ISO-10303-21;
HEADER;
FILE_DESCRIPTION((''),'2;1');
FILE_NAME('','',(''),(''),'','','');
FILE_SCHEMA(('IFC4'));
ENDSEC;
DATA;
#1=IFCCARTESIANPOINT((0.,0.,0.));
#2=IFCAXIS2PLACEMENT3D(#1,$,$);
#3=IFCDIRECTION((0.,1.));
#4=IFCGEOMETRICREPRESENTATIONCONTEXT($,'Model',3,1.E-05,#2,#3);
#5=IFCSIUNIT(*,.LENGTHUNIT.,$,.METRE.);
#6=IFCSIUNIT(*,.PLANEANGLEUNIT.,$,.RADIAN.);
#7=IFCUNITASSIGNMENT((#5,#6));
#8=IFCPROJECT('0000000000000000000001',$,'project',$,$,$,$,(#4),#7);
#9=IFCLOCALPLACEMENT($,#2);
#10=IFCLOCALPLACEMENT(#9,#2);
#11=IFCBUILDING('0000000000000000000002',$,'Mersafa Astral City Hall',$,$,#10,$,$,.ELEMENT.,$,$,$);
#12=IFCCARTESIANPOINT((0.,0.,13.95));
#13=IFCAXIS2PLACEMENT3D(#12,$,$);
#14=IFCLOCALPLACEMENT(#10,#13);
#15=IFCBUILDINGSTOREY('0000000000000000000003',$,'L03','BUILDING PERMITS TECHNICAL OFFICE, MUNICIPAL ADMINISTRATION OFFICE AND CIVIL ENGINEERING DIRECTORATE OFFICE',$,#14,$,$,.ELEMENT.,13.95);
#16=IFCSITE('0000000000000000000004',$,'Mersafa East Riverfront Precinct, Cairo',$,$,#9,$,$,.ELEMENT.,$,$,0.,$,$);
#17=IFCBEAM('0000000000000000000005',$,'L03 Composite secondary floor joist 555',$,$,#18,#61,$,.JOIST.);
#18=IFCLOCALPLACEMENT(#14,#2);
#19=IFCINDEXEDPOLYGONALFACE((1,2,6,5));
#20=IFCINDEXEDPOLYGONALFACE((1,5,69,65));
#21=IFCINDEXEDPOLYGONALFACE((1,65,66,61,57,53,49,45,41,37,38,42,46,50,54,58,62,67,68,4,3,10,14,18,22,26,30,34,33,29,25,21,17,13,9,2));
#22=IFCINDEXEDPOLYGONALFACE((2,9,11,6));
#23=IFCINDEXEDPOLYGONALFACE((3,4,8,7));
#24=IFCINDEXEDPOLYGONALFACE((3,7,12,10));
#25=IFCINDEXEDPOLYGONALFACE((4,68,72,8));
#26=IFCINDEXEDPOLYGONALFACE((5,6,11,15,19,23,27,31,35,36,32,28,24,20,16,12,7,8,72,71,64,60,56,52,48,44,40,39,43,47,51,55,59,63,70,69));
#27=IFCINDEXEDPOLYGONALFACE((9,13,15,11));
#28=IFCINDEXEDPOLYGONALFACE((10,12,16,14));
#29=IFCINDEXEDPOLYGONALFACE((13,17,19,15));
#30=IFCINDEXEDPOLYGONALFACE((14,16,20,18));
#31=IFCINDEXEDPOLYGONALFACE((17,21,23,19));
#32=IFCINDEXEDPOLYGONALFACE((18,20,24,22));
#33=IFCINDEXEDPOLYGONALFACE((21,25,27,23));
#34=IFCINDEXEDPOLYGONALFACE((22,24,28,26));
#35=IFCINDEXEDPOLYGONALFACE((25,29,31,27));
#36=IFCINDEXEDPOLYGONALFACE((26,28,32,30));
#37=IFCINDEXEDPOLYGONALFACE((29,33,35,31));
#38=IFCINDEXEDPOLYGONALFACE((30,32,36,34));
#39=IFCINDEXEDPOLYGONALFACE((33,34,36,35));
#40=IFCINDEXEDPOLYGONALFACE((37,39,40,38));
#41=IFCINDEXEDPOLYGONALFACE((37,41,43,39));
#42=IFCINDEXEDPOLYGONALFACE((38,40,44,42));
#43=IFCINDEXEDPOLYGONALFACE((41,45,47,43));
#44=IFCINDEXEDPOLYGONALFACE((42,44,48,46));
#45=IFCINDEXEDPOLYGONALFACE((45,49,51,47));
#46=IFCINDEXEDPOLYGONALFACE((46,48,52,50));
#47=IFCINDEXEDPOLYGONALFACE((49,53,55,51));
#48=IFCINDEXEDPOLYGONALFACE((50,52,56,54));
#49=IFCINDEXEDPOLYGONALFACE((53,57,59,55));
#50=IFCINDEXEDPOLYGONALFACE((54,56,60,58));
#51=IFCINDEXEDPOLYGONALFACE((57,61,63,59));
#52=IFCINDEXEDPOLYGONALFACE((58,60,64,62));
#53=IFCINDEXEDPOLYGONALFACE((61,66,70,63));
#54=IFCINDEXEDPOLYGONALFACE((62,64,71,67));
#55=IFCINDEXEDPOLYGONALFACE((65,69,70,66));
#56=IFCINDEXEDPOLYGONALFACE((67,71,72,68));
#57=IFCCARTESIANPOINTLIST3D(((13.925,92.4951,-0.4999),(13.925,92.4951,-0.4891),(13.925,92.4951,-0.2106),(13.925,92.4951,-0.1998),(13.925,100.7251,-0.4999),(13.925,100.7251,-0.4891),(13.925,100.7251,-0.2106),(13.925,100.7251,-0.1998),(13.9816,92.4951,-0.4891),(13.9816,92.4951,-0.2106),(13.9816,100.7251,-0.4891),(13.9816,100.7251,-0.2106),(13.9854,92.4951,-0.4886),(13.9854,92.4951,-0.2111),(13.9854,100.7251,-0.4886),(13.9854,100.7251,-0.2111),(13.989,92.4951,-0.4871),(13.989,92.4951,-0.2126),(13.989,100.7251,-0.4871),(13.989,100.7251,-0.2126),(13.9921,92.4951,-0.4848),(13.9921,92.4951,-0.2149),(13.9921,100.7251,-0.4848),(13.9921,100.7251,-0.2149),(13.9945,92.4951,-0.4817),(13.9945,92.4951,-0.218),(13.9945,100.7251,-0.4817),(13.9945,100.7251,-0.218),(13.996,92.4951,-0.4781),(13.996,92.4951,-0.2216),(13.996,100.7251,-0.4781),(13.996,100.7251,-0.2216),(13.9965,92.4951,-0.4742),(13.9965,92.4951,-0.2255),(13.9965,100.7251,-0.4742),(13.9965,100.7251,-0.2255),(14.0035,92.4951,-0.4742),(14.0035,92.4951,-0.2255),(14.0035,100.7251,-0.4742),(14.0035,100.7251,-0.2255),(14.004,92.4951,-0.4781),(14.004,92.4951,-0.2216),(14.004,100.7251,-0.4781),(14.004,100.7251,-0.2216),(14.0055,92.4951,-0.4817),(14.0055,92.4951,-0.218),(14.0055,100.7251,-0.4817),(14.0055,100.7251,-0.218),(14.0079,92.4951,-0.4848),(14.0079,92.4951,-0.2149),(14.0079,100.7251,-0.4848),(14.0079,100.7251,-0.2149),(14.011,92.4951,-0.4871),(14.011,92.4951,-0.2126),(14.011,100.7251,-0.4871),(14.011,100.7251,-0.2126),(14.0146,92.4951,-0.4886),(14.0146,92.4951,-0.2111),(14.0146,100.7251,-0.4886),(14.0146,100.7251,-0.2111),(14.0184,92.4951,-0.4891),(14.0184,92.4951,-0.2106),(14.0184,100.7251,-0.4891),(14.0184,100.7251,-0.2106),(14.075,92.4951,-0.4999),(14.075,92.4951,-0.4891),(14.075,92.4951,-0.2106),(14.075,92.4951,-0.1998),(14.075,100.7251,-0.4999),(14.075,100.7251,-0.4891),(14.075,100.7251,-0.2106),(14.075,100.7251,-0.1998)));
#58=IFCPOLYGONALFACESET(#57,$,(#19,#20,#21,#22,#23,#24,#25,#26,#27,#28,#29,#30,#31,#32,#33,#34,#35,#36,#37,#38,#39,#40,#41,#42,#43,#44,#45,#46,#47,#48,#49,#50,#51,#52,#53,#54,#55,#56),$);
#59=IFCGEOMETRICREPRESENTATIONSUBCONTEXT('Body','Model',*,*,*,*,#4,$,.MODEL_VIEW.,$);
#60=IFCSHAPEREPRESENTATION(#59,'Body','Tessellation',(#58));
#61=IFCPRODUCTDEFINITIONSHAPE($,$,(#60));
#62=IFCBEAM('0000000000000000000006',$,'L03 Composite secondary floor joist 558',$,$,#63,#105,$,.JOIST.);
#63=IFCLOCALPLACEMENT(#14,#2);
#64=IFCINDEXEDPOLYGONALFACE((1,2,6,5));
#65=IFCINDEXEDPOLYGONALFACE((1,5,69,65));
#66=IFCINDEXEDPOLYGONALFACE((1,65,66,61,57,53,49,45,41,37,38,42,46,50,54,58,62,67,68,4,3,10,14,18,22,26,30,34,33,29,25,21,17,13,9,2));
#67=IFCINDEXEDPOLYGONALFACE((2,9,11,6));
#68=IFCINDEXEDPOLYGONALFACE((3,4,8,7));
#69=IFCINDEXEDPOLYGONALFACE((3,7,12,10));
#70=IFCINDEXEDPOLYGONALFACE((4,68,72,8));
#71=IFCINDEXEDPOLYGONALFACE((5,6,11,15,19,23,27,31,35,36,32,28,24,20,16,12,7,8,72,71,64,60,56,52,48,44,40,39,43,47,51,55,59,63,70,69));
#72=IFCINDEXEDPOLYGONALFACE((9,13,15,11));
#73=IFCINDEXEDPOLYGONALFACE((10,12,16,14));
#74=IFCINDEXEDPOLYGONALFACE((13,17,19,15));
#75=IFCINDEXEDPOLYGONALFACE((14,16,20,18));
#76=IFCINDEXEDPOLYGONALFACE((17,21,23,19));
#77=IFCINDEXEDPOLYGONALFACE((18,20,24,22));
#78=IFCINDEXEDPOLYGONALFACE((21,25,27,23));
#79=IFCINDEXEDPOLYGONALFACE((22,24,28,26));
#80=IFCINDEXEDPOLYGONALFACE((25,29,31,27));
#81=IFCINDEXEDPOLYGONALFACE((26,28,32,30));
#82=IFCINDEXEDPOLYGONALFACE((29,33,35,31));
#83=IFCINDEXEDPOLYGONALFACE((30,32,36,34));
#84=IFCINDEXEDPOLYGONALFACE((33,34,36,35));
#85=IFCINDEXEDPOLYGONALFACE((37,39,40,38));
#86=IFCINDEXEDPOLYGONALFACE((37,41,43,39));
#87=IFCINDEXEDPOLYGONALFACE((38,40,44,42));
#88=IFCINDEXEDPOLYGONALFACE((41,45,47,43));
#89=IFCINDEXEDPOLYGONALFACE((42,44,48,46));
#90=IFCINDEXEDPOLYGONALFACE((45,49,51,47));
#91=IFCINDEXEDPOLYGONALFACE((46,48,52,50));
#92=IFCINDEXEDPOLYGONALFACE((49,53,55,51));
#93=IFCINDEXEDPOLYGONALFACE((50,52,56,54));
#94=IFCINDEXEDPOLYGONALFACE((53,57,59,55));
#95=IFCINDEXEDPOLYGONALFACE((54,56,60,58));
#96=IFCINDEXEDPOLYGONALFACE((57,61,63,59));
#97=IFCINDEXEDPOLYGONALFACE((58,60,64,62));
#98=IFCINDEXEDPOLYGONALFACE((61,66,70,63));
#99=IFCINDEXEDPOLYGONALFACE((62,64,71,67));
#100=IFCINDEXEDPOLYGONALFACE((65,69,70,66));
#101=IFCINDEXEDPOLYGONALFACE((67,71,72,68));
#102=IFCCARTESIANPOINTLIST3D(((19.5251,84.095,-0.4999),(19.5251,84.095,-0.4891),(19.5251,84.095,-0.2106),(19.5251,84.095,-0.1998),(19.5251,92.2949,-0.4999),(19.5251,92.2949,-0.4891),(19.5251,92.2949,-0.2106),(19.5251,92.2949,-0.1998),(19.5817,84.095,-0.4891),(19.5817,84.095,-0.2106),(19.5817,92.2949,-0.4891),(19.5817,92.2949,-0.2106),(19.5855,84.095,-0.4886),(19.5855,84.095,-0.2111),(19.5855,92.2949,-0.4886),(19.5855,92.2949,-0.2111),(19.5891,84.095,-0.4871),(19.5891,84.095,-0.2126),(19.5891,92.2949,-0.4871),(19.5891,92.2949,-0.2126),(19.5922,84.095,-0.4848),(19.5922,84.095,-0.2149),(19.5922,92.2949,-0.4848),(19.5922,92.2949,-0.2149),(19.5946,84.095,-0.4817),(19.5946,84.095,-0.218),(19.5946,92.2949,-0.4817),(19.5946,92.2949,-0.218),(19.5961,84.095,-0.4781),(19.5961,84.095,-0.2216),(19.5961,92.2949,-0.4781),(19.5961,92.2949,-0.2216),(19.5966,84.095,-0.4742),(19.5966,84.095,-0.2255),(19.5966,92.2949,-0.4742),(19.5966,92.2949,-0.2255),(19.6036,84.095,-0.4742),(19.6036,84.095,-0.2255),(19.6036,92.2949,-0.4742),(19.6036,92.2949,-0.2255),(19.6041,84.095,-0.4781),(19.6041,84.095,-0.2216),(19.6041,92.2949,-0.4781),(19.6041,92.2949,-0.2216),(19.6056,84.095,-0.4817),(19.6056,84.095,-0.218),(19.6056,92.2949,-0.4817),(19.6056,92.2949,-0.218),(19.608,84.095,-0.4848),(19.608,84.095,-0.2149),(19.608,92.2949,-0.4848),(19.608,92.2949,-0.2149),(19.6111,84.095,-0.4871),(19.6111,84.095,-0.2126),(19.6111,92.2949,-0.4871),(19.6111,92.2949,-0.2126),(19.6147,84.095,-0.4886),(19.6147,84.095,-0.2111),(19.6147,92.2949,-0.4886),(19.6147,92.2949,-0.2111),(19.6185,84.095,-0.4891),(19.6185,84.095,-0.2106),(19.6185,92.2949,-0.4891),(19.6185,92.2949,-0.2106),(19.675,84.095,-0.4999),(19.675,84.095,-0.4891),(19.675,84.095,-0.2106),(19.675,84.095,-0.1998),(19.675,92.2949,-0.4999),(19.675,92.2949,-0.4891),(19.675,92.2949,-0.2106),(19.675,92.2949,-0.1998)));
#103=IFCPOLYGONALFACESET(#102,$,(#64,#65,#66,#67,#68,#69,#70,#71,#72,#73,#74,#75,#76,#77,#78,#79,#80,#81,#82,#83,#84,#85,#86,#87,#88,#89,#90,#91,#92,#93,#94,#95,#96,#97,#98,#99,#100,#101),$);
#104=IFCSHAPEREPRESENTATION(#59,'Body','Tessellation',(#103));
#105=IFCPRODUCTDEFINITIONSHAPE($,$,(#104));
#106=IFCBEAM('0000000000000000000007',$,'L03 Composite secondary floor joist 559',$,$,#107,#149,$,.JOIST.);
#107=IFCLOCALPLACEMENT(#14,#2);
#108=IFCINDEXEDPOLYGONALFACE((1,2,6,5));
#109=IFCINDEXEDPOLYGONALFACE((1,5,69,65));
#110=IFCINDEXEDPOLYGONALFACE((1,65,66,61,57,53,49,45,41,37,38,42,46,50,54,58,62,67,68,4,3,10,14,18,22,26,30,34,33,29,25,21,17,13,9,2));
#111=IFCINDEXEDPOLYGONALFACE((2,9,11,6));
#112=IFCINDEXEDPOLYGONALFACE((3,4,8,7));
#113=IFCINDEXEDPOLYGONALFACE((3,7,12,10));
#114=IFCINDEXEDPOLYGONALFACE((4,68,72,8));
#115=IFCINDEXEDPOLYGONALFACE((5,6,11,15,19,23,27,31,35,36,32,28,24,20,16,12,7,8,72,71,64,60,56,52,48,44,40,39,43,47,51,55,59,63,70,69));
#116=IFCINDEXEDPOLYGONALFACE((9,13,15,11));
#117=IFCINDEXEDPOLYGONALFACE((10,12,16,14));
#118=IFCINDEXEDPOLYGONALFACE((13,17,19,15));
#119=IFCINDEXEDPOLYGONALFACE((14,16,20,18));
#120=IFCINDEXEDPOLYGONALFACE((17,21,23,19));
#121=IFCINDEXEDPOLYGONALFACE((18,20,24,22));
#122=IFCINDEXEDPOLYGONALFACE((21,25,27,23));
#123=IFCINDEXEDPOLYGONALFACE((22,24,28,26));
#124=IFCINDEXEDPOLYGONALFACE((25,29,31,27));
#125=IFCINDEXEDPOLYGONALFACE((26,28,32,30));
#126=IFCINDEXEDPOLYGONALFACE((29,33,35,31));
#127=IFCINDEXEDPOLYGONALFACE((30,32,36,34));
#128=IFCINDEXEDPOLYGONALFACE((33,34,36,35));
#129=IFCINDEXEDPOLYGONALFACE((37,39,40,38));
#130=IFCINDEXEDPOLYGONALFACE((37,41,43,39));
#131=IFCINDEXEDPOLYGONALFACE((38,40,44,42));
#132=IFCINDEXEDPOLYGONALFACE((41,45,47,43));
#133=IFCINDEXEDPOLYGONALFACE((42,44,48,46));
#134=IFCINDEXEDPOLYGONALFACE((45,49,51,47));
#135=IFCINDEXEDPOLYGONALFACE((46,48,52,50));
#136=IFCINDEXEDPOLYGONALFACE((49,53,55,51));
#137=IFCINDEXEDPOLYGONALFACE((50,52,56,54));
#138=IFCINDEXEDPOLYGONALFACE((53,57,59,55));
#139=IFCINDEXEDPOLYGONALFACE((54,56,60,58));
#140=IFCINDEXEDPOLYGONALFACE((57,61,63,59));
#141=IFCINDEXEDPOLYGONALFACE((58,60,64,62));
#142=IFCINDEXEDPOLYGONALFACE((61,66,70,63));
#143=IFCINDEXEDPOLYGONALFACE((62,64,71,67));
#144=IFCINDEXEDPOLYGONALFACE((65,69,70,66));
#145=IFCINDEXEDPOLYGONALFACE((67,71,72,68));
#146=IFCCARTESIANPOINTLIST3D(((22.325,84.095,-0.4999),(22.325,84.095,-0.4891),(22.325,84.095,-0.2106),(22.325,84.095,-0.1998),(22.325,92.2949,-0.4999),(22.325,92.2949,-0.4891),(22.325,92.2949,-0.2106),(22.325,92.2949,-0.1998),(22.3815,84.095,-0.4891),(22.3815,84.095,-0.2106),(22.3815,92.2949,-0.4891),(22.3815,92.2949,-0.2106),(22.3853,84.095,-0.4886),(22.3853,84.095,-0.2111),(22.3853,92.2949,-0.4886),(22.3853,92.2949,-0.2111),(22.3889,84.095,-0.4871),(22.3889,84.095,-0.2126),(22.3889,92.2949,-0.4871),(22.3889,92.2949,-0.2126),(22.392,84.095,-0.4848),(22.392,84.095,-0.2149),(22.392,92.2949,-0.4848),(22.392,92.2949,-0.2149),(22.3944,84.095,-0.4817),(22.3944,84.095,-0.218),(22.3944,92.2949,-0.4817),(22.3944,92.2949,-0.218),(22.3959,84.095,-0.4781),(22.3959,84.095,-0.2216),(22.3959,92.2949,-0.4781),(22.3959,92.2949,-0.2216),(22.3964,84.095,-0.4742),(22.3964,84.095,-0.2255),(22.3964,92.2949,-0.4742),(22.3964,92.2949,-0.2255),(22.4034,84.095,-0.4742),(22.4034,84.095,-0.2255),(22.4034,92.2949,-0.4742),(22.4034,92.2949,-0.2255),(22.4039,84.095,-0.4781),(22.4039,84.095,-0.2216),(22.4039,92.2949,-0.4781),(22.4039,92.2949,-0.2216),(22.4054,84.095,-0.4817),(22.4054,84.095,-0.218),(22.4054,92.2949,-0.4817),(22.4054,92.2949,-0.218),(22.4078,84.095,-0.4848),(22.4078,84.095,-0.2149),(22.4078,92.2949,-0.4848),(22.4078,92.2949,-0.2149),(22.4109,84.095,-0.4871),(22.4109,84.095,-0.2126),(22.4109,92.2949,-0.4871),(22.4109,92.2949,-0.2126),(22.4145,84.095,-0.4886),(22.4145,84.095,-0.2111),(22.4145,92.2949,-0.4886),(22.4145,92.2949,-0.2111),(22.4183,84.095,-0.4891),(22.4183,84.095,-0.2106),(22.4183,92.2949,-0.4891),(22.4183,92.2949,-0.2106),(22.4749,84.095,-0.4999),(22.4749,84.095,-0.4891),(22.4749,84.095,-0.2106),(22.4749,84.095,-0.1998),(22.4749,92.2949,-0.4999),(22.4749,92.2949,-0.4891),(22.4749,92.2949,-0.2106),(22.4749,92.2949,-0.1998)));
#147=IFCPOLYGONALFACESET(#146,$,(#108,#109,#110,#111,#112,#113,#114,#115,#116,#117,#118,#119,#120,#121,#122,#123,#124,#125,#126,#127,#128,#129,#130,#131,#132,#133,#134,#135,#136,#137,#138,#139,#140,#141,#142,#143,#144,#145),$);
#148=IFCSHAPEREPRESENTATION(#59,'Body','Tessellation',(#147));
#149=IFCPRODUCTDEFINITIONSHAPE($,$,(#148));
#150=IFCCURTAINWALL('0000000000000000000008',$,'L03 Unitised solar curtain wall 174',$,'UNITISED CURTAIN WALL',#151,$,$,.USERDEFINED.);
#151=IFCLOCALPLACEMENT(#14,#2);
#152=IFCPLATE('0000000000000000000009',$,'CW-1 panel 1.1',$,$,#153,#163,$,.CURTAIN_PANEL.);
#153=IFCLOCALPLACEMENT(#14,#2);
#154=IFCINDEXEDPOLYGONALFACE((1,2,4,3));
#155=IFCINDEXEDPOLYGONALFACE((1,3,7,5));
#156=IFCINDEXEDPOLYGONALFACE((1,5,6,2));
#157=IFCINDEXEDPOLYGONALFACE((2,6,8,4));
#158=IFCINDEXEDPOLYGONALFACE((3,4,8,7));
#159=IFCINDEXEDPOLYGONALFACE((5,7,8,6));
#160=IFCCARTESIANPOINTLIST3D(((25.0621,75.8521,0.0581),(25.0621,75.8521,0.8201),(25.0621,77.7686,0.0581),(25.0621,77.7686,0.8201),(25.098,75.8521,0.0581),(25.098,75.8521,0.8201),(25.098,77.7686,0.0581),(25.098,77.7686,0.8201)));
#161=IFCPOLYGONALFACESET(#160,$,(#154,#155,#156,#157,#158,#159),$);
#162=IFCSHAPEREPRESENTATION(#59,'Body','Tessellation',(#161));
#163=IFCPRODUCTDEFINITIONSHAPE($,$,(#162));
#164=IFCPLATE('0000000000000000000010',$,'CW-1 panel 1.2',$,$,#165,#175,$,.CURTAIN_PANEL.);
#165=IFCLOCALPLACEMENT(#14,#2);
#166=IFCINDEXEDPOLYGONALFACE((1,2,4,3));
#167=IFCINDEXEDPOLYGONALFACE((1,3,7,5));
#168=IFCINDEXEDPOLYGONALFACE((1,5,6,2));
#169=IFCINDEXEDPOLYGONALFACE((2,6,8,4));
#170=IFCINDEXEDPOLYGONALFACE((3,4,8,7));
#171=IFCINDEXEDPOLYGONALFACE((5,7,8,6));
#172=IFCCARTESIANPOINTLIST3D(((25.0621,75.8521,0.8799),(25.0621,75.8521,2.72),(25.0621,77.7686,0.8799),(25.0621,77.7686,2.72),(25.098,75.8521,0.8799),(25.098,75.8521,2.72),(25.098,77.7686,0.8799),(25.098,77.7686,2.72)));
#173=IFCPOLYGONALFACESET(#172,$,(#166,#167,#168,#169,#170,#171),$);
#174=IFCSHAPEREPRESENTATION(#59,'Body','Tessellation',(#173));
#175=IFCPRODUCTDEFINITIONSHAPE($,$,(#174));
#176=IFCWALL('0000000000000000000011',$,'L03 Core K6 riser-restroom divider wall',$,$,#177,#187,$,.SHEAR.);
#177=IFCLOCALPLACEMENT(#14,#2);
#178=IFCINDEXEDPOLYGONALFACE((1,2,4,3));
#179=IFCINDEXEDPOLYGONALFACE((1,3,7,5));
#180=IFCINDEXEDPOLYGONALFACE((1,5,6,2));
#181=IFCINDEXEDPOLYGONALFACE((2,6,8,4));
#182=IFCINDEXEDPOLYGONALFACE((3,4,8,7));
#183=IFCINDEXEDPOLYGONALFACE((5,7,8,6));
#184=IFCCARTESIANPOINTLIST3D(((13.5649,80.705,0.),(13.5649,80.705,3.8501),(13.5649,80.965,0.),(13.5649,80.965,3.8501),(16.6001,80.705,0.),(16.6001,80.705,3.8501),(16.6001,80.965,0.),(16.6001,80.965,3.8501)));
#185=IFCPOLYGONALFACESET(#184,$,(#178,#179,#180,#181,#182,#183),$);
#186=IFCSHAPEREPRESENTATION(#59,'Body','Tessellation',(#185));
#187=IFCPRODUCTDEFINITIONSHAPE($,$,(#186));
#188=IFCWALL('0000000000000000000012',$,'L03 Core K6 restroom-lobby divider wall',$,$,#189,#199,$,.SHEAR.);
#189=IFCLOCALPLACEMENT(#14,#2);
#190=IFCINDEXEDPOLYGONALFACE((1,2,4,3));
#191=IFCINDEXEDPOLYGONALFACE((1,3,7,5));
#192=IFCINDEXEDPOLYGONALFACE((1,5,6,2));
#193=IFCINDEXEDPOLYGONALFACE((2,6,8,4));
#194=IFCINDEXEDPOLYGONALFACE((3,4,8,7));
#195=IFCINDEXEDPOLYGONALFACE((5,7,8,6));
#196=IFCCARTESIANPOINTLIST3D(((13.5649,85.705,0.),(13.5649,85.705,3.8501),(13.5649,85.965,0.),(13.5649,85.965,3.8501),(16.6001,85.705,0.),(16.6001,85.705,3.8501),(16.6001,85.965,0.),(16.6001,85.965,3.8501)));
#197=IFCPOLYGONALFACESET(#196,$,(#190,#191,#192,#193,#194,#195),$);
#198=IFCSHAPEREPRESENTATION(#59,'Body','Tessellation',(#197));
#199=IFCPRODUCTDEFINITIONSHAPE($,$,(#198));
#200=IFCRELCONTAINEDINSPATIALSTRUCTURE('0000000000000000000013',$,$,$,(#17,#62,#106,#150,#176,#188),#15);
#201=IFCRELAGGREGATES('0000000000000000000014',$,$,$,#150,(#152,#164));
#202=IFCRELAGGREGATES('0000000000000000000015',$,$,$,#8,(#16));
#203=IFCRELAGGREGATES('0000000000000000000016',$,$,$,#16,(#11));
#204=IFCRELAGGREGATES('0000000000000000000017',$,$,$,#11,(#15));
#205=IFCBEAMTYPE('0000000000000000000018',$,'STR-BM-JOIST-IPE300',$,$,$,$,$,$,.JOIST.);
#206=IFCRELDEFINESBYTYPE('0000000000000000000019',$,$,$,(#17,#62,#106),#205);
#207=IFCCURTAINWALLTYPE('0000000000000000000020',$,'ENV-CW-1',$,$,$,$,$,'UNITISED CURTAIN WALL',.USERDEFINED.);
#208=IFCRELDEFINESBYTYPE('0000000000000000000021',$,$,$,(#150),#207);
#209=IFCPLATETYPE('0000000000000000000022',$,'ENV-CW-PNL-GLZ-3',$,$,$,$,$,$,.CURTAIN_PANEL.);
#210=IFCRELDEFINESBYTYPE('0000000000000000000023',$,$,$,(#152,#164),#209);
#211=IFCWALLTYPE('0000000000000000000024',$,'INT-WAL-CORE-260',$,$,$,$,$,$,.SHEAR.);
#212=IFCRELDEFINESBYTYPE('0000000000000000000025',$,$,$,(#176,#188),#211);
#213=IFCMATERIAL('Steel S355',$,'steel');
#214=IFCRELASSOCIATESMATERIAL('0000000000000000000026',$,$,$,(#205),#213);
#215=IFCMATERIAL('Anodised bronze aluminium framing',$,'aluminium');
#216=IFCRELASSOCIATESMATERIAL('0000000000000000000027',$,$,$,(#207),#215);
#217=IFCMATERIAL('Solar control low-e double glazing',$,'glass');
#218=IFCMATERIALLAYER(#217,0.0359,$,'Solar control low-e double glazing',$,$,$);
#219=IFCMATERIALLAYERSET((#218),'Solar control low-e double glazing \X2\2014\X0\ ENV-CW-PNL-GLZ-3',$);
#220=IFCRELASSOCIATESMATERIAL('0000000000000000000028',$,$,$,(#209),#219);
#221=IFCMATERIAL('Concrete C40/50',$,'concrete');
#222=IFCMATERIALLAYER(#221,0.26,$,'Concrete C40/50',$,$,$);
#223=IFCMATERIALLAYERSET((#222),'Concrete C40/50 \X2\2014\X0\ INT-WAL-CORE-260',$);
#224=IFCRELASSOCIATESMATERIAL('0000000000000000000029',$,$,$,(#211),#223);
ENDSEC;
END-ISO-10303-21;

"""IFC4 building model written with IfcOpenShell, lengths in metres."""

from ifc_helpers import new_model, si_unit, direction, frame, frame_2d, origin, origin_2d, place, context, subcontext, project, spatial, rectangle, i_section, extrude, material, layer, layer_set, material_profile, profile_set, type_object, element, aggregate, save


model = new_model("IFC4")

# Units and contexts
model_context = context("Model", 3, precision=1e-05, world=origin(), true_north=direction((0.0, 1.0)))
body_context = subcontext(model_context, "Body", "Model", "MODEL_VIEW")
ifc_project = project(units=[si_unit("LENGTHUNIT", "METRE"), si_unit("PLANEANGLEUNIT", "RADIAN")], contexts=[model_context])

# Site, building, storey
site_placement = place(None, origin())
site = spatial("IfcSite", under=ifc_project, at=site_placement, Name="Mersafa East Riverfront Precinct, Cairo", CompositionType="ELEMENT", RefElevation=0.0)
building_placement = place(site_placement, origin())
building = spatial("IfcBuilding", under=site, at=building_placement, Name="Mersafa Astral City Hall", CompositionType="ELEMENT")
storey_placement = place(building_placement, frame((0.0, 0.0, 13.95)))
storey = spatial("IfcBuildingStorey", under=building, at=storey_placement, Name="L03", Description="BUILDING PERMITS TECHNICAL OFFICE, MUNICIPAL ADMINISTRATION OFFICE AND CIVIL ENGINEERING DIRECTORATE OFFICE", CompositionType="ELEMENT", Elevation=13.95)

# Shared definitions
ifc_material_1 = material(Name="Steel S355", Category="steel")

# Beams
ifc_material_profile_1 = material_profile(ifc_material_1, i_section(OverallWidth=0.1499, OverallDepth=0.3, WebThickness=0.0071, FlangeThickness=0.0107, FilletRadius=0.0149, at=origin_2d()), Name="IPE 300")
ifc_profile_set_1 = profile_set([ifc_material_profile_1], Name="Steel S355")
beam_type_1 = type_object("IfcBeamType", Name="STR-BM-JOIST-IPE300", PredefinedType="JOIST", material=ifc_profile_set_1)
beam_1_placement = place(storey_placement, frame((14.0, 92.4951, -0.3499), z_axis=(0.0, 1.0, 0.0), x_axis=(-1.0, 0.0, 0.0)))
element("IfcBeam", 1, at=beam_1_placement, inside=storey, type_object=beam_type_1, Name="L03 Composite secondary floor joist 555", PredefinedType="JOIST", context=body_context, shape_type="SweptSolid", body=[
    extrude(i_section(OverallWidth=0.1499, OverallDepth=0.3, WebThickness=0.0071, FlangeThickness=0.0107, FilletRadius=0.0149, at=origin_2d()), origin(), (0.0, 0.0, 1.0), 8.23),
])
for number, where, z_axis, x_axis, name in (
    (2, (19.6001, 84.095, -0.3499), (0.0, 1.0, 0.0), (-1.0, 0.0, 0.0), "L03 Composite secondary floor joist 558"),
    (3, (22.3999, 84.095, -0.3499), (0.0, 1.0, 0.0), (-1.0, 0.0, 0.0), "L03 Composite secondary floor joist 559"),
):
    element("IfcBeam", number, at=place(storey_placement, frame(where, z_axis=z_axis, x_axis=x_axis)), inside=storey, type_object=beam_type_1, Name=name, PredefinedType="JOIST", context=body_context, shape_type="SweptSolid", body=[
        extrude(i_section(OverallWidth=0.1499, OverallDepth=0.3, WebThickness=0.0071, FlangeThickness=0.0107, FilletRadius=0.0149, at=origin_2d()), origin(), (0.0, 0.0, 1.0), 8.2),
    ])

# Curtain wall, plates
ifc_material_2 = material(Name="Anodised bronze aluminium framing", Category="aluminium")
curtain_wall_type = type_object("IfcCurtainWallType", Name="ENV-CW-1", ElementType="UNITISED CURTAIN WALL", PredefinedType="USERDEFINED", material=ifc_material_2)
curtain_wall_placement = place(storey_placement, origin())
curtain_wall = element("IfcCurtainWall", 4, at=curtain_wall_placement, inside=storey, type_object=curtain_wall_type, Name="L03 Unitised solar curtain wall 174", ObjectType="UNITISED CURTAIN WALL", PredefinedType="USERDEFINED")
ifc_material_3 = material(Name="Solar control low-e double glazing", Category="glass")
ifc_layer_1 = layer(ifc_material_3, 0.0359, Name="Solar control low-e double glazing")
ifc_layer_set_1 = layer_set([ifc_layer_1], Name="Solar control low-e double glazing — ENV-CW-PNL-GLZ-3")
plate_type = type_object("IfcPlateType", Name="ENV-CW-PNL-GLZ-3", PredefinedType="CURTAIN_PANEL", material=ifc_layer_set_1)
plate_1_placement = place(storey_placement, frame((25.0801, 76.8103, 0.0581), z_axis=(0.0, 0.0, 1.0), x_axis=(0.0, 1.0, 0.0)))
plate_1 = element("IfcPlate", 5, at=plate_1_placement, type_object=plate_type, Name="CW-1 panel 1.1", PredefinedType="CURTAIN_PANEL", context=body_context, shape_type="SweptSolid", body=[
    extrude(rectangle(XDim=1.9165, YDim=0.0359, at=origin_2d()), origin(), (0.0, 0.0, 1.0), 0.762),
])
plate_2_placement = place(storey_placement, frame((25.0801, 76.8103, 0.8799), z_axis=(0.0, 0.0, 1.0), x_axis=(0.0, 1.0, 0.0)))
plate_2 = element("IfcPlate", 6, at=plate_2_placement, type_object=plate_type, Name="CW-1 panel 1.2", PredefinedType="CURTAIN_PANEL", context=body_context, shape_type="SweptSolid", body=[
    extrude(rectangle(XDim=1.9165, YDim=0.0359, at=origin_2d()), origin(), (0.0, 0.0, 1.0), 1.8401),
])
aggregate(curtain_wall, [plate_1, plate_2])

# Walls
ifc_material_4 = material(Name="Concrete C40/50", Category="concrete")
ifc_layer_2 = layer(ifc_material_4, 0.26, Name="Concrete C40/50")
ifc_layer_set_2 = layer_set([ifc_layer_2], Name="Concrete C40/50 — INT-WAL-CORE-260")
wall_type_1 = type_object("IfcWallType", Name="INT-WAL-CORE-260", PredefinedType="SHEAR", material=ifc_layer_set_2)
for number, where, z_axis, x_axis, name in (
    (7, (13.5649, 80.835, 0.0), (0.0, 0.0, 1.0), (1.0, 0.0, 0.0), "L03 Core K6 riser-restroom divider wall"),
    (8, (13.5649, 85.835, 0.0), (0.0, 0.0, 1.0), (1.0, 0.0, 0.0), "L03 Core K6 restroom-lobby divider wall"),
):
    element("IfcWall", number, at=place(storey_placement, frame(where, z_axis=z_axis, x_axis=x_axis)), inside=storey, type_object=wall_type_1, Name=name, PredefinedType="SHEAR", context=body_context, shape_type="SweptSolid", body=[
        extrude(rectangle(XDim=3.0352, YDim=0.26, at=frame_2d((1.5176, 0.0))), origin(), (0.0, 0.0, 1.0), 3.8501),
    ])

save(model, "model.ifc")
